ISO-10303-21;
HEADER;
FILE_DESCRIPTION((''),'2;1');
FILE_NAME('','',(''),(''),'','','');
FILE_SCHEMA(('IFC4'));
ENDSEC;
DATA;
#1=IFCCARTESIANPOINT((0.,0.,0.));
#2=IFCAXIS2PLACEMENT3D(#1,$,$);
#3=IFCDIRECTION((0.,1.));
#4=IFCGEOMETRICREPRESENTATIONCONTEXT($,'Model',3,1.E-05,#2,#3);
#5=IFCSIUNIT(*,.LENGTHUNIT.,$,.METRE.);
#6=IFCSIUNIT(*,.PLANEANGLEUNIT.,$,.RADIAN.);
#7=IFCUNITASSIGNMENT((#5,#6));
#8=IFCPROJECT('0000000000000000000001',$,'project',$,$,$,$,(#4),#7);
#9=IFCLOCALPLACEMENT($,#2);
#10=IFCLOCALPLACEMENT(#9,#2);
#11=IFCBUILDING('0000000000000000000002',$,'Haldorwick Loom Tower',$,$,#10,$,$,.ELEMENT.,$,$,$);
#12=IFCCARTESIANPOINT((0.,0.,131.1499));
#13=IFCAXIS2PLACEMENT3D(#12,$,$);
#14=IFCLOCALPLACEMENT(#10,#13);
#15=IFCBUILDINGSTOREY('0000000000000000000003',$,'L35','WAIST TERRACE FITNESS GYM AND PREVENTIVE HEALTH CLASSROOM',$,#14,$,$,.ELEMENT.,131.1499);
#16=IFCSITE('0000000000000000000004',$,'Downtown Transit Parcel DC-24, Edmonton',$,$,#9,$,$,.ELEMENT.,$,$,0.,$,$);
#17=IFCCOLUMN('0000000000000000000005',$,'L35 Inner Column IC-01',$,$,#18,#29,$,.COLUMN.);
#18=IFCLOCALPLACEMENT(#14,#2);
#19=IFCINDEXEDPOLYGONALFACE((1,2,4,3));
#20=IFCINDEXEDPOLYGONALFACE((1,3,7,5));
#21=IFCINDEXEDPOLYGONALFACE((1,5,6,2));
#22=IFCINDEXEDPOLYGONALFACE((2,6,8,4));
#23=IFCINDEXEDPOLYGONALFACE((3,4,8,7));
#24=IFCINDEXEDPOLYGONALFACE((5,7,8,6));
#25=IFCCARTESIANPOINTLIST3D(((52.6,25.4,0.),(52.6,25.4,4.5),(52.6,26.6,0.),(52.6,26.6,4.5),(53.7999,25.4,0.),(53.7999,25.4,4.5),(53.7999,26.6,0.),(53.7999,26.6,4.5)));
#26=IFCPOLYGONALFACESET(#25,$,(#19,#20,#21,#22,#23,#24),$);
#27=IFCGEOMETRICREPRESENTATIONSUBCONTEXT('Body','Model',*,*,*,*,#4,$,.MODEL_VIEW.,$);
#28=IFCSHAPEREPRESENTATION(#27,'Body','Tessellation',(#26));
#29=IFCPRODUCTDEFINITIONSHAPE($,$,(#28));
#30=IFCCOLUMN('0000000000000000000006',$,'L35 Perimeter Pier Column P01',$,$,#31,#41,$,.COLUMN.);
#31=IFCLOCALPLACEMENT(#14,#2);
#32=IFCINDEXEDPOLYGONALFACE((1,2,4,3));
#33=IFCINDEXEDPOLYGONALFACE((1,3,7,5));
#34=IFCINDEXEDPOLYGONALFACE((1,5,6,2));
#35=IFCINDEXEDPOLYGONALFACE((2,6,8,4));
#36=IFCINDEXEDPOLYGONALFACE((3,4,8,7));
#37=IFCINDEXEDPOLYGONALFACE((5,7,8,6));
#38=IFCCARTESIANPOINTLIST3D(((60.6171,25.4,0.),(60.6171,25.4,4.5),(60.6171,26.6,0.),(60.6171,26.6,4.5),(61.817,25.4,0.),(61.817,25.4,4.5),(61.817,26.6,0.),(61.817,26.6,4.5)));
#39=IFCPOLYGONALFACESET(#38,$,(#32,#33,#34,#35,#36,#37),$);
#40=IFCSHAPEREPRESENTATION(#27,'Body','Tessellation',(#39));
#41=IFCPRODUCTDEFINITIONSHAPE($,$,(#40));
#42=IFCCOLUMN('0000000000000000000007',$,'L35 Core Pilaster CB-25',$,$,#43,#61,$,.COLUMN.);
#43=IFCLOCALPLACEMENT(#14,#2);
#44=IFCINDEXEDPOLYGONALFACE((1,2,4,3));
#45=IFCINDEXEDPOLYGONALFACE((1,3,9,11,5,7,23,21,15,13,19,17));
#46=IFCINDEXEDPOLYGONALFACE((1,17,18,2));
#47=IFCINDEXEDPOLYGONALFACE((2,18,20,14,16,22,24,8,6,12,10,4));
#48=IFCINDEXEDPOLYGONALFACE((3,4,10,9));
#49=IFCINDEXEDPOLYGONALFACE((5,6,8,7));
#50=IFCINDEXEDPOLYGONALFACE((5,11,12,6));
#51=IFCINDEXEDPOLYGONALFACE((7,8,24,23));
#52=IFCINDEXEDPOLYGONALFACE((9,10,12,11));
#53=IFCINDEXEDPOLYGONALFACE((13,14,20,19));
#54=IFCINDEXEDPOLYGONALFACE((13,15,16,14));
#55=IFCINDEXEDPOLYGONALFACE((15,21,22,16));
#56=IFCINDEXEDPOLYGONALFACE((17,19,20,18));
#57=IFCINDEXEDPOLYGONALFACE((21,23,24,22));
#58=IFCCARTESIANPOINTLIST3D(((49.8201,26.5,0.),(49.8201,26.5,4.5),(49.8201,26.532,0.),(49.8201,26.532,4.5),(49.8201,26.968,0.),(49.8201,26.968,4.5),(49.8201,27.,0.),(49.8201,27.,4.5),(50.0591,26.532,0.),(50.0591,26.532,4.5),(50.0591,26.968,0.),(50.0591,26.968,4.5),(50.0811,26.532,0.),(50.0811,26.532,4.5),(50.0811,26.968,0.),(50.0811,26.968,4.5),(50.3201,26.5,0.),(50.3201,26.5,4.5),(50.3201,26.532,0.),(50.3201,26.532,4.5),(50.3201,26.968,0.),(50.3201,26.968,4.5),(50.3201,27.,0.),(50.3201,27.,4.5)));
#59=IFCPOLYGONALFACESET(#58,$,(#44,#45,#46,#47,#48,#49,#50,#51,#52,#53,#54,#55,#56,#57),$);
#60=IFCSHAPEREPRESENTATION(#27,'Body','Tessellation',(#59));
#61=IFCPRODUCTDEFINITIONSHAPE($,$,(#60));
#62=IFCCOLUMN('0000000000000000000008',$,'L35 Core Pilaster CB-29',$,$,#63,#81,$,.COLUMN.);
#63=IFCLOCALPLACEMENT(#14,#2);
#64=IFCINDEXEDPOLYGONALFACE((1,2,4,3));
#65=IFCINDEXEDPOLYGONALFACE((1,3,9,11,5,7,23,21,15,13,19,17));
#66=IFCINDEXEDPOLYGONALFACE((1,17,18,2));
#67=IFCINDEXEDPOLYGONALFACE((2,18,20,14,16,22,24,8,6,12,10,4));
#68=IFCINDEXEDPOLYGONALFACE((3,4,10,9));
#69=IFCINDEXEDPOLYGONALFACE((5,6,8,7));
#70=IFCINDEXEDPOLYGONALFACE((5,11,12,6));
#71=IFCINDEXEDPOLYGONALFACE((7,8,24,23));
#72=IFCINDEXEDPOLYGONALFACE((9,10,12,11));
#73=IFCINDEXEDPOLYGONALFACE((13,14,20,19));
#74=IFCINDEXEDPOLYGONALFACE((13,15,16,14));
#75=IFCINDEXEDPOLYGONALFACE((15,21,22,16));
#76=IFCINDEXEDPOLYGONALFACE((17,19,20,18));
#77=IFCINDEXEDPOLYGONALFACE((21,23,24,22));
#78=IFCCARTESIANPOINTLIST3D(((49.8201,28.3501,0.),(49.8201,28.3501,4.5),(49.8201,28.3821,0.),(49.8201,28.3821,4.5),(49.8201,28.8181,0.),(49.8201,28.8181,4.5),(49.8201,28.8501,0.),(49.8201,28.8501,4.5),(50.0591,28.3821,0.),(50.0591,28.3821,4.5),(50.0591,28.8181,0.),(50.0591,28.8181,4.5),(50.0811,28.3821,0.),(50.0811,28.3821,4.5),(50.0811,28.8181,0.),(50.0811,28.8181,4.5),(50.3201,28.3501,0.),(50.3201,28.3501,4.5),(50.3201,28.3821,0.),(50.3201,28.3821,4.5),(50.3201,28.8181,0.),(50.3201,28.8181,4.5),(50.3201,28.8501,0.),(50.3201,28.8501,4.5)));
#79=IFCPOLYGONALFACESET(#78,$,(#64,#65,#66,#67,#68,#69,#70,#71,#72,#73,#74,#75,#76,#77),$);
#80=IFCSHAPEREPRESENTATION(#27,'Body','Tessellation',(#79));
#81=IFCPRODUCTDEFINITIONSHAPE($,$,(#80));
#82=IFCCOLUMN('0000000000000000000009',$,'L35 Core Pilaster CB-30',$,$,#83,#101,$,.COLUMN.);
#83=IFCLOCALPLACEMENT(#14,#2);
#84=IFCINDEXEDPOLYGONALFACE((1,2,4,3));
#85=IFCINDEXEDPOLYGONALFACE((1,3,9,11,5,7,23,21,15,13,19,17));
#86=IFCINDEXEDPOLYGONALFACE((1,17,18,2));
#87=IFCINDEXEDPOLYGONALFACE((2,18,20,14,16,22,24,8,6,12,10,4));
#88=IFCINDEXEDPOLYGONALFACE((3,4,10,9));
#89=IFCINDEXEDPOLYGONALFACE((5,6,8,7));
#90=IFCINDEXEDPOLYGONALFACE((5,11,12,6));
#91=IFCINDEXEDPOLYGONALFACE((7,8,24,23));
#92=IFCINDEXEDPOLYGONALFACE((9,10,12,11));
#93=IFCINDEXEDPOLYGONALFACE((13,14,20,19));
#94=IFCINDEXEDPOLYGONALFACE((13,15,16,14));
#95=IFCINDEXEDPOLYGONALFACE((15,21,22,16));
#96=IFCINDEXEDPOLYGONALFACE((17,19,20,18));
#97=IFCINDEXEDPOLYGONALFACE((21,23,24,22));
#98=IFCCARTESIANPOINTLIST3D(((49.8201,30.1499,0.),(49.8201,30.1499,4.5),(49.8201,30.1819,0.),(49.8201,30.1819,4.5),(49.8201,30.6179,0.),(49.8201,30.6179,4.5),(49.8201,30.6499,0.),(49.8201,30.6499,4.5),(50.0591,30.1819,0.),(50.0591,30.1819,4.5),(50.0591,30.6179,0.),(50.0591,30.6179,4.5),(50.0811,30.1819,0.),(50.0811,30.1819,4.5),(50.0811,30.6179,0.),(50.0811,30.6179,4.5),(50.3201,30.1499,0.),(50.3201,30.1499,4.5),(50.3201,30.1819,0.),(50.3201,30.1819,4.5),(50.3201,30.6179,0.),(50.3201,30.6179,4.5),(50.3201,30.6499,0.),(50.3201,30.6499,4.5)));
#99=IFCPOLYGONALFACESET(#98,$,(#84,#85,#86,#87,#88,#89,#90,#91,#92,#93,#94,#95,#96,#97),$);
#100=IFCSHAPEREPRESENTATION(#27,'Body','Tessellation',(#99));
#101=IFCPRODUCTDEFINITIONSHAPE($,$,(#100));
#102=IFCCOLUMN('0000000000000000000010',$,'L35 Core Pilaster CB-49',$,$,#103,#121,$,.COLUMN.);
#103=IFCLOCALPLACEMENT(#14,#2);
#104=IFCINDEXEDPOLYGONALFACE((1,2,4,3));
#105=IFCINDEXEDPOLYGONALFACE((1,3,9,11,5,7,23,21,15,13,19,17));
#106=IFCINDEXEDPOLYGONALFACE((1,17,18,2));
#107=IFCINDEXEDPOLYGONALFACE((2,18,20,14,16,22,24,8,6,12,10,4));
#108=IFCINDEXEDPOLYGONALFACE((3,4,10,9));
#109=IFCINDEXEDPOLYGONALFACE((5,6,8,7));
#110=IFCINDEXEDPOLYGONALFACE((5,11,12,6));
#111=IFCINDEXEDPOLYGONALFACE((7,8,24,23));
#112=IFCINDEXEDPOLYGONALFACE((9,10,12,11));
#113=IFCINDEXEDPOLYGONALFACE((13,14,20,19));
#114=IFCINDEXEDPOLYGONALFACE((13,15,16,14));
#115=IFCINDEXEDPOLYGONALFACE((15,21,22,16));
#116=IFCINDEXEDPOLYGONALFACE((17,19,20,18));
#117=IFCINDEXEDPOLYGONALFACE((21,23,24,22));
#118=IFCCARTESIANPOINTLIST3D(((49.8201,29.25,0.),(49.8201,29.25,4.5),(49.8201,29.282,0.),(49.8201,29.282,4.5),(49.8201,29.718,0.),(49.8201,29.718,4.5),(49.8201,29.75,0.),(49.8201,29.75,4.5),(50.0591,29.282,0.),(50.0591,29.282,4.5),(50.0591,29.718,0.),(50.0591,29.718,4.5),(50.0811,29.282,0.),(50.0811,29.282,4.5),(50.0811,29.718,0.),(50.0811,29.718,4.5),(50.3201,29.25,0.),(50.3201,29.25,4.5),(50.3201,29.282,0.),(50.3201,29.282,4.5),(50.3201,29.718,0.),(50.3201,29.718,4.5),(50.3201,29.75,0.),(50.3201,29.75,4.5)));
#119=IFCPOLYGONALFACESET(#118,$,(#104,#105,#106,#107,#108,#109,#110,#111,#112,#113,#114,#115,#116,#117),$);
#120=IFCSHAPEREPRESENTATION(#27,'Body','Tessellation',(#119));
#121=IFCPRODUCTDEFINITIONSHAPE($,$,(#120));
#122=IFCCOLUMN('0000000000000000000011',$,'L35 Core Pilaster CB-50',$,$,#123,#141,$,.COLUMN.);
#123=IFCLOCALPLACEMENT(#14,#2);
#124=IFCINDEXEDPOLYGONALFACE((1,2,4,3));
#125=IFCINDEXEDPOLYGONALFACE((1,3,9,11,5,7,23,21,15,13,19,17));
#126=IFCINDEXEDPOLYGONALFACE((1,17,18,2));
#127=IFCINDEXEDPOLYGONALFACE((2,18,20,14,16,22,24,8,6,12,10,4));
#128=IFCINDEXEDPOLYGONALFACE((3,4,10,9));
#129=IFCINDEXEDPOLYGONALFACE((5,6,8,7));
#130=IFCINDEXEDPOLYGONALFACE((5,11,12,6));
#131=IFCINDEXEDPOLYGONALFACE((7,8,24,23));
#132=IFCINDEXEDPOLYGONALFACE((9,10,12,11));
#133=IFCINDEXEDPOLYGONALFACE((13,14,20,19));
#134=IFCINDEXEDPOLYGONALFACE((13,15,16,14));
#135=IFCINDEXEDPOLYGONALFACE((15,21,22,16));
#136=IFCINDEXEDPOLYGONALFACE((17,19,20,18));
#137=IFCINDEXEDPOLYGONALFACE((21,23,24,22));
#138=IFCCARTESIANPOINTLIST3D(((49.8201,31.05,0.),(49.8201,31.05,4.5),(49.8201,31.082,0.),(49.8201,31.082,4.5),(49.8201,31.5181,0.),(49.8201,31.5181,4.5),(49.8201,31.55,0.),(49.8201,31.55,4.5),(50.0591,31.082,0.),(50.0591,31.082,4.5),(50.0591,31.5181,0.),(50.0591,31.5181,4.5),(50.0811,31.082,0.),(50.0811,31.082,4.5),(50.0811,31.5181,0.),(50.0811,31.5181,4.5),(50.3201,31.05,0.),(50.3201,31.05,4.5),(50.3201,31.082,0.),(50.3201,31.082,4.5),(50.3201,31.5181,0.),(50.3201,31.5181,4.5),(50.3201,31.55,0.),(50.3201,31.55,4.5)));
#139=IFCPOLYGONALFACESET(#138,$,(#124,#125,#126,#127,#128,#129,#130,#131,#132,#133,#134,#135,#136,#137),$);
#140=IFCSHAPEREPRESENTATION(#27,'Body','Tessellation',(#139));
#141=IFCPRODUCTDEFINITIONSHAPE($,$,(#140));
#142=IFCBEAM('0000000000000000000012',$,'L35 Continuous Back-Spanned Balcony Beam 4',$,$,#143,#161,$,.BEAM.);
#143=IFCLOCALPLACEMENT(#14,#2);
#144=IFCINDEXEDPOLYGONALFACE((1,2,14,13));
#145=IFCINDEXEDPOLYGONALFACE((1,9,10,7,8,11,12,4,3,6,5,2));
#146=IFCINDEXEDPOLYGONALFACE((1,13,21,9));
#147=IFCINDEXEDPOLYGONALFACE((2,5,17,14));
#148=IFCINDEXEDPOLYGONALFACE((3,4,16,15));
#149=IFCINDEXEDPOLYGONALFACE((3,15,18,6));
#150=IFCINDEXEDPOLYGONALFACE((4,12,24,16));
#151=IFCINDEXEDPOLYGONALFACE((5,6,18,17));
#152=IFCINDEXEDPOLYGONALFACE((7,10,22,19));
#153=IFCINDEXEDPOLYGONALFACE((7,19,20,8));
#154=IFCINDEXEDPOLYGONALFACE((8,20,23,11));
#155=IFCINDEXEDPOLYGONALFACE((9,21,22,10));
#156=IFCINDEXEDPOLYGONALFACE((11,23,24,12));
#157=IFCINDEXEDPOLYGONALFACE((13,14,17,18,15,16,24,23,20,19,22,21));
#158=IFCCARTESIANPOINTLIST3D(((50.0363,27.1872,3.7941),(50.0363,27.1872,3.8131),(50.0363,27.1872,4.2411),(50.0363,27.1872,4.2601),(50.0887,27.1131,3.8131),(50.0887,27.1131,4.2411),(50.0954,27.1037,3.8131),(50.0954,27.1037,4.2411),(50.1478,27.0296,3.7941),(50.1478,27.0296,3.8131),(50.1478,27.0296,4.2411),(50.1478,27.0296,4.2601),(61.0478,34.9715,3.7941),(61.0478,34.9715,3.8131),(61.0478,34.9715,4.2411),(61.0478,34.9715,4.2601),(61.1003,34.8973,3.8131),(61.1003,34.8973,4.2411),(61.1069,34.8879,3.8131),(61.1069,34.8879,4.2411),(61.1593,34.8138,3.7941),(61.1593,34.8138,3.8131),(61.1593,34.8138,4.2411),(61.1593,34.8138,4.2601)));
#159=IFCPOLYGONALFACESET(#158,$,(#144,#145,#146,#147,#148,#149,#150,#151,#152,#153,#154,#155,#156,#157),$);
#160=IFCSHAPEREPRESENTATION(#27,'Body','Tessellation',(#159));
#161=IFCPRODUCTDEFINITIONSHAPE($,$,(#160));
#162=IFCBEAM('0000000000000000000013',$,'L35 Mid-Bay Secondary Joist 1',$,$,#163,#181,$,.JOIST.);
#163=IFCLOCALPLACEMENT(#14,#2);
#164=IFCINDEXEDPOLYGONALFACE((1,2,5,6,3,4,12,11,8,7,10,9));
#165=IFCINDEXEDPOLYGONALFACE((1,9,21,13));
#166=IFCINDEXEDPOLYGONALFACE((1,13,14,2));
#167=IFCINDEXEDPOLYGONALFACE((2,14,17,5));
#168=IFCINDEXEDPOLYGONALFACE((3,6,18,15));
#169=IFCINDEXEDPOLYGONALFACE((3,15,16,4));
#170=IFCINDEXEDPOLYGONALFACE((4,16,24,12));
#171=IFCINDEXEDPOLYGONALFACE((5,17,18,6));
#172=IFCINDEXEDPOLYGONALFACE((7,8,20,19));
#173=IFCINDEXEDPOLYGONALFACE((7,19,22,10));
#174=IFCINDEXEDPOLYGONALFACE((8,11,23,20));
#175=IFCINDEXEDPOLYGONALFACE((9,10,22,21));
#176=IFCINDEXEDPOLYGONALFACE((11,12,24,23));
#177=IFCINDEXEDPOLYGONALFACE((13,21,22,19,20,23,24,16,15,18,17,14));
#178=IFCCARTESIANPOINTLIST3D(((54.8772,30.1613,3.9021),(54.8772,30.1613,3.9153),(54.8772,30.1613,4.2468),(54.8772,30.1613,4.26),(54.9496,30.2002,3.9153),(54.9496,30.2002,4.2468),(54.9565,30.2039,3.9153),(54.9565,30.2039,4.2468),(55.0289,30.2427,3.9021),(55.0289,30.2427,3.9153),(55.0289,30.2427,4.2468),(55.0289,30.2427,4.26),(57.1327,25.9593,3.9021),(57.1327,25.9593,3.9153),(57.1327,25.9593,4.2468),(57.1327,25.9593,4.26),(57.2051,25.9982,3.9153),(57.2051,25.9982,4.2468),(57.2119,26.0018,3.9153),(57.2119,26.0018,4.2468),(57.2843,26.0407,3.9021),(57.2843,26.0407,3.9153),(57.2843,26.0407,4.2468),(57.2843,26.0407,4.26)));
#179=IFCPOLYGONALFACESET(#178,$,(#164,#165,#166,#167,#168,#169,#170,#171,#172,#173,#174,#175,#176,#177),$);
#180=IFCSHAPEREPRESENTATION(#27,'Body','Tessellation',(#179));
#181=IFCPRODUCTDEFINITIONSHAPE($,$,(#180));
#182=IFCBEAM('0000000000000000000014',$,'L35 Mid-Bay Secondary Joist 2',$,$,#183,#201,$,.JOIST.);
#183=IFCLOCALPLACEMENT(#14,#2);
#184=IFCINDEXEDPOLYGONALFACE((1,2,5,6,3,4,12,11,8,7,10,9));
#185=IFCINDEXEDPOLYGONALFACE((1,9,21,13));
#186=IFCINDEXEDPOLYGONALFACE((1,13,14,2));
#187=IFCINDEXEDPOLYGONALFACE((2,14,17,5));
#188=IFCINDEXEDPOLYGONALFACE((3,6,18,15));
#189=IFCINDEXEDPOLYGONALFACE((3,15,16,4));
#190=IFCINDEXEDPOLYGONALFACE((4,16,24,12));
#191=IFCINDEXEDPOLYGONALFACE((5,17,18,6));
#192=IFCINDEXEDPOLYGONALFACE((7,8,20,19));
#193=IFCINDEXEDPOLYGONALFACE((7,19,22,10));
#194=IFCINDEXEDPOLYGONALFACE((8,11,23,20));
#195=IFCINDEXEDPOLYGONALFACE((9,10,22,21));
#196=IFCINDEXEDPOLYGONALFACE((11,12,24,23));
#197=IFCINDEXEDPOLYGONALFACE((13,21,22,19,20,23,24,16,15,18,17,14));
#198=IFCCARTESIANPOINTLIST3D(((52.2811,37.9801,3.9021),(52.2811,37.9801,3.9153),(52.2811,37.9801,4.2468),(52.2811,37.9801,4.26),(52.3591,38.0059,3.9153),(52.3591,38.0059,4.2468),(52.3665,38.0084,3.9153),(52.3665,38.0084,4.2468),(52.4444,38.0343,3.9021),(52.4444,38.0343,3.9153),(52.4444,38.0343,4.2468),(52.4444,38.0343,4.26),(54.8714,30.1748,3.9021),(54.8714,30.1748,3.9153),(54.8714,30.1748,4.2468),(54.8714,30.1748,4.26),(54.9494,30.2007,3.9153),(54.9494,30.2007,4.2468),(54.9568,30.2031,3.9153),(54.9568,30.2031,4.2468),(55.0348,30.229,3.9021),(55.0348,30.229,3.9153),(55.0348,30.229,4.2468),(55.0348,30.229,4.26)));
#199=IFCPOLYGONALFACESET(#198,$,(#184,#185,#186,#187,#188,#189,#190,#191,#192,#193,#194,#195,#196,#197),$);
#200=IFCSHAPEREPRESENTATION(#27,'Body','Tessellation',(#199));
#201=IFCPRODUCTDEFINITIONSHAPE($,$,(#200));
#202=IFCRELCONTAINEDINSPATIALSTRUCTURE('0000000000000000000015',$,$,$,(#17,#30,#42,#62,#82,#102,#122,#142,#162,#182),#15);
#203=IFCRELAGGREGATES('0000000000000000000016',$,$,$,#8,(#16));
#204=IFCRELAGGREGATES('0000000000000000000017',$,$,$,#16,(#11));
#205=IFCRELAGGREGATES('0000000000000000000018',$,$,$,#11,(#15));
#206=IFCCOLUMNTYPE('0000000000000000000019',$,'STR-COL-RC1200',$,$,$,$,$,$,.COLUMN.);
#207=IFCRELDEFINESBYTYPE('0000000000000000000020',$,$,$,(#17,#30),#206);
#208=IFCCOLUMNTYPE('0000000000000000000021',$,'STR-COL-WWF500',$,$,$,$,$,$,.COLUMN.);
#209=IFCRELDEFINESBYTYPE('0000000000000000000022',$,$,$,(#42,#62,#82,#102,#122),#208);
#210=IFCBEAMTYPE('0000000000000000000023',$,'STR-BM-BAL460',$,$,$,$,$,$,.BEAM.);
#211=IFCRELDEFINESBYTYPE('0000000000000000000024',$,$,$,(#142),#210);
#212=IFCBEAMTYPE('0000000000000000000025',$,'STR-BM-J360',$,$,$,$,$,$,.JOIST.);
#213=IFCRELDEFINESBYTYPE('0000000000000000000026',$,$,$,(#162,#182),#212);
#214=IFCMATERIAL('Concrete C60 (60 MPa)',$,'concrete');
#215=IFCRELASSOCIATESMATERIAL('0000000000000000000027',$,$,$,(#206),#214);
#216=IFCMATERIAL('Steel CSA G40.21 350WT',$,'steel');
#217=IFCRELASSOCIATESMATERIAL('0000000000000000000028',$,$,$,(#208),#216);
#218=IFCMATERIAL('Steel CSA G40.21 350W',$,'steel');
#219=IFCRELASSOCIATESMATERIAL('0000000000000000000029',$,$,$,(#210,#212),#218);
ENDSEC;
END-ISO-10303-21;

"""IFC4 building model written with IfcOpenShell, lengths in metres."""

from ifc_helpers import new_model, si_unit, direction, frame, origin, origin_2d, place, context, subcontext, project, spatial, rectangle, i_section, extrude, material, material_profile, profile_set, type_object, element, save


model = new_model("IFC4")

# Units and contexts
model_context = context("Model", 3, precision=1e-05, world=origin(), true_north=direction((0.0, 1.0)))
body_context = subcontext(model_context, "Body", "Model", "MODEL_VIEW")
ifc_project = project(units=[si_unit("LENGTHUNIT", "METRE"), si_unit("PLANEANGLEUNIT", "RADIAN")], contexts=[model_context])

# Site, building, storey
site_placement = place(None, origin())
site = spatial("IfcSite", under=ifc_project, at=site_placement, Name="Downtown Transit Parcel DC-24, Edmonton", CompositionType="ELEMENT", RefElevation=0.0)
building_placement = place(site_placement, origin())
building = spatial("IfcBuilding", under=site, at=building_placement, Name="Haldorwick Loom Tower", CompositionType="ELEMENT")
storey_placement = place(building_placement, frame((0.0, 0.0, 131.1499)))
storey = spatial("IfcBuildingStorey", under=building, at=storey_placement, Name="L35", Description="WAIST TERRACE FITNESS GYM AND PREVENTIVE HEALTH CLASSROOM", CompositionType="ELEMENT", Elevation=131.1499)

# Columns
ifc_material_1 = material(Name="Concrete C60 (60 MPa)", Category="concrete")
ifc_material_profile_1 = material_profile(ifc_material_1, rectangle(XDim=1.2, YDim=1.2, at=origin_2d()), Name="RC1200X1200", Category="concrete")
ifc_profile_set_1 = profile_set([ifc_material_profile_1], Name="Concrete C60 (60 MPa)")
column_type_1 = type_object("IfcColumnType", Name="STR-COL-RC1200", PredefinedType="COLUMN", material=ifc_profile_set_1)
for number, where, z_axis, x_axis, name in (
    (1, (53.2, 26.0, 0.0), (0.0, 0.0, 1.0), (1.0, 0.0, 0.0), "L35 Inner Column IC-01"),
    (2, (61.217, 26.0, 0.0), (0.0, 0.0, 1.0), (1.0, 0.0, 0.0), "L35 Perimeter Pier Column P01"),
):
    element("IfcColumn", number, at=place(storey_placement, frame(where, z_axis=z_axis, x_axis=x_axis)), inside=storey, type_object=column_type_1, Name=name, PredefinedType="COLUMN", context=body_context, shape_type="SweptSolid", body=[
        extrude(rectangle(XDim=1.2, YDim=1.2, at=origin_2d()), origin(), (0.0, 0.0, 1.0), 4.5),
    ])
ifc_material_2 = material(Name="Steel CSA G40.21 350WT", Category="steel")
ifc_material_profile_2 = material_profile(ifc_material_2, i_section(OverallWidth=0.5, OverallDepth=0.5, WebThickness=0.022, FlangeThickness=0.032, at=origin_2d()), Name="WWF500X500", Category="steel")
ifc_profile_set_2 = profile_set([ifc_material_profile_2], Name="Steel CSA G40.21 350WT")
column_type_2 = type_object("IfcColumnType", Name="STR-COL-WWF500", PredefinedType="COLUMN", material=ifc_profile_set_2)
for number, where, z_axis, x_axis, name in (
    (3, (50.0701, 26.75, 0.0), (0.0, 0.0, 1.0), (1.0, 0.0, 0.0), "L35 Core Pilaster CB-25"),
    (4, (50.0701, 28.6001, 0.0), (0.0, 0.0, 1.0), (1.0, 0.0, 0.0), "L35 Core Pilaster CB-29"),
    (5, (50.0701, 30.3999, 0.0), (0.0, 0.0, 1.0), (1.0, 0.0, 0.0), "L35 Core Pilaster CB-30"),
    (6, (50.0701, 29.5, 0.0), (0.0, 0.0, 1.0), (1.0, 0.0, 0.0), "L35 Core Pilaster CB-49"),
    (7, (50.0701, 31.3, 0.0), (0.0, 0.0, 1.0), (1.0, 0.0, 0.0), "L35 Core Pilaster CB-50"),
):
    element("IfcColumn", number, at=place(storey_placement, frame(where, z_axis=z_axis, x_axis=x_axis)), inside=storey, type_object=column_type_2, Name=name, PredefinedType="COLUMN", context=body_context, shape_type="SweptSolid", body=[
        extrude(i_section(OverallWidth=0.5, OverallDepth=0.5, WebThickness=0.022, FlangeThickness=0.032, at=origin_2d()), origin(), (0.0, 0.0, 1.0), 4.5),
    ])

# Beams
ifc_material_3 = material(Name="Steel CSA G40.21 350W", Category="steel")
ifc_material_profile_3 = material_profile(ifc_material_3, i_section(OverallWidth=0.1931, OverallDepth=0.4661, WebThickness=0.0115, FlangeThickness=0.019, at=origin_2d()), Name="W460X97", Category="steel")
ifc_profile_set_3 = profile_set([ifc_material_profile_3], Name="Steel CSA G40.21 350W")
beam_type_1 = type_object("IfcBeamType", Name="STR-BM-BAL460", PredefinedType="BEAM", material=ifc_profile_set_3)
beam_1_placement = place(storey_placement, frame((50.092, 27.1084, 4.0271), z_axis=(0.81657, 0.577246, 0.0), x_axis=(-0.577246, 0.81657, 0.0)))
element("IfcBeam", 8, at=beam_1_placement, inside=storey, type_object=beam_type_1, Name="L35 Continuous Back-Spanned Balcony Beam 4", PredefinedType="BEAM", context=body_context, shape_type="SweptSolid", body=[
    extrude(i_section(OverallWidth=0.1931, OverallDepth=0.4661, WebThickness=0.0115, FlangeThickness=0.019, at=origin_2d()), origin(), (0.0, 0.0, 1.0), 13.4851),
])
ifc_material_profile_4 = material_profile(ifc_material_3, i_section(OverallWidth=0.1721, OverallDepth=0.3579, WebThickness=0.0078, FlangeThickness=0.0132, at=origin_2d()), Name="W360X57", Category="steel")
ifc_profile_set_4 = profile_set([ifc_material_profile_4], Name="Steel CSA G40.21 350W")
beam_type_2 = type_object("IfcBeamType", Name="STR-BM-J360", PredefinedType="JOIST", material=ifc_profile_set_4)
beam_2_placement = place(storey_placement, frame((57.2085, 26.0, 4.0811), z_axis=(-0.47293, 0.8811, 0.0), x_axis=(-0.8811, -0.47293, 0.0)))
element("IfcBeam", 9, at=beam_2_placement, inside=storey, type_object=beam_type_2, Name="L35 Mid-Bay Secondary Joist 1", PredefinedType="JOIST", context=body_context, shape_type="SweptSolid", body=[
    extrude(i_section(OverallWidth=0.1721, OverallDepth=0.3579, WebThickness=0.0078, FlangeThickness=0.0132, at=origin_2d()), origin(), (0.0, 0.0, 1.0), 4.769),
])
beam_3_placement = place(storey_placement, frame((54.9531, 30.2019, 4.0811), z_axis=(-0.314981, 0.949098, 0.0), x_axis=(-0.949098, -0.314981, 0.0)))
element("IfcBeam", 10, at=beam_3_placement, inside=storey, type_object=beam_type_2, Name="L35 Mid-Bay Secondary Joist 2", PredefinedType="JOIST", context=body_context, shape_type="SweptSolid", body=[
    extrude(i_section(OverallWidth=0.1721, OverallDepth=0.3579, WebThickness=0.0078, FlangeThickness=0.0132, at=origin_2d()), origin(), (0.0, 0.0, 1.0), 8.2239),
])

save(model, "model.ifc")
